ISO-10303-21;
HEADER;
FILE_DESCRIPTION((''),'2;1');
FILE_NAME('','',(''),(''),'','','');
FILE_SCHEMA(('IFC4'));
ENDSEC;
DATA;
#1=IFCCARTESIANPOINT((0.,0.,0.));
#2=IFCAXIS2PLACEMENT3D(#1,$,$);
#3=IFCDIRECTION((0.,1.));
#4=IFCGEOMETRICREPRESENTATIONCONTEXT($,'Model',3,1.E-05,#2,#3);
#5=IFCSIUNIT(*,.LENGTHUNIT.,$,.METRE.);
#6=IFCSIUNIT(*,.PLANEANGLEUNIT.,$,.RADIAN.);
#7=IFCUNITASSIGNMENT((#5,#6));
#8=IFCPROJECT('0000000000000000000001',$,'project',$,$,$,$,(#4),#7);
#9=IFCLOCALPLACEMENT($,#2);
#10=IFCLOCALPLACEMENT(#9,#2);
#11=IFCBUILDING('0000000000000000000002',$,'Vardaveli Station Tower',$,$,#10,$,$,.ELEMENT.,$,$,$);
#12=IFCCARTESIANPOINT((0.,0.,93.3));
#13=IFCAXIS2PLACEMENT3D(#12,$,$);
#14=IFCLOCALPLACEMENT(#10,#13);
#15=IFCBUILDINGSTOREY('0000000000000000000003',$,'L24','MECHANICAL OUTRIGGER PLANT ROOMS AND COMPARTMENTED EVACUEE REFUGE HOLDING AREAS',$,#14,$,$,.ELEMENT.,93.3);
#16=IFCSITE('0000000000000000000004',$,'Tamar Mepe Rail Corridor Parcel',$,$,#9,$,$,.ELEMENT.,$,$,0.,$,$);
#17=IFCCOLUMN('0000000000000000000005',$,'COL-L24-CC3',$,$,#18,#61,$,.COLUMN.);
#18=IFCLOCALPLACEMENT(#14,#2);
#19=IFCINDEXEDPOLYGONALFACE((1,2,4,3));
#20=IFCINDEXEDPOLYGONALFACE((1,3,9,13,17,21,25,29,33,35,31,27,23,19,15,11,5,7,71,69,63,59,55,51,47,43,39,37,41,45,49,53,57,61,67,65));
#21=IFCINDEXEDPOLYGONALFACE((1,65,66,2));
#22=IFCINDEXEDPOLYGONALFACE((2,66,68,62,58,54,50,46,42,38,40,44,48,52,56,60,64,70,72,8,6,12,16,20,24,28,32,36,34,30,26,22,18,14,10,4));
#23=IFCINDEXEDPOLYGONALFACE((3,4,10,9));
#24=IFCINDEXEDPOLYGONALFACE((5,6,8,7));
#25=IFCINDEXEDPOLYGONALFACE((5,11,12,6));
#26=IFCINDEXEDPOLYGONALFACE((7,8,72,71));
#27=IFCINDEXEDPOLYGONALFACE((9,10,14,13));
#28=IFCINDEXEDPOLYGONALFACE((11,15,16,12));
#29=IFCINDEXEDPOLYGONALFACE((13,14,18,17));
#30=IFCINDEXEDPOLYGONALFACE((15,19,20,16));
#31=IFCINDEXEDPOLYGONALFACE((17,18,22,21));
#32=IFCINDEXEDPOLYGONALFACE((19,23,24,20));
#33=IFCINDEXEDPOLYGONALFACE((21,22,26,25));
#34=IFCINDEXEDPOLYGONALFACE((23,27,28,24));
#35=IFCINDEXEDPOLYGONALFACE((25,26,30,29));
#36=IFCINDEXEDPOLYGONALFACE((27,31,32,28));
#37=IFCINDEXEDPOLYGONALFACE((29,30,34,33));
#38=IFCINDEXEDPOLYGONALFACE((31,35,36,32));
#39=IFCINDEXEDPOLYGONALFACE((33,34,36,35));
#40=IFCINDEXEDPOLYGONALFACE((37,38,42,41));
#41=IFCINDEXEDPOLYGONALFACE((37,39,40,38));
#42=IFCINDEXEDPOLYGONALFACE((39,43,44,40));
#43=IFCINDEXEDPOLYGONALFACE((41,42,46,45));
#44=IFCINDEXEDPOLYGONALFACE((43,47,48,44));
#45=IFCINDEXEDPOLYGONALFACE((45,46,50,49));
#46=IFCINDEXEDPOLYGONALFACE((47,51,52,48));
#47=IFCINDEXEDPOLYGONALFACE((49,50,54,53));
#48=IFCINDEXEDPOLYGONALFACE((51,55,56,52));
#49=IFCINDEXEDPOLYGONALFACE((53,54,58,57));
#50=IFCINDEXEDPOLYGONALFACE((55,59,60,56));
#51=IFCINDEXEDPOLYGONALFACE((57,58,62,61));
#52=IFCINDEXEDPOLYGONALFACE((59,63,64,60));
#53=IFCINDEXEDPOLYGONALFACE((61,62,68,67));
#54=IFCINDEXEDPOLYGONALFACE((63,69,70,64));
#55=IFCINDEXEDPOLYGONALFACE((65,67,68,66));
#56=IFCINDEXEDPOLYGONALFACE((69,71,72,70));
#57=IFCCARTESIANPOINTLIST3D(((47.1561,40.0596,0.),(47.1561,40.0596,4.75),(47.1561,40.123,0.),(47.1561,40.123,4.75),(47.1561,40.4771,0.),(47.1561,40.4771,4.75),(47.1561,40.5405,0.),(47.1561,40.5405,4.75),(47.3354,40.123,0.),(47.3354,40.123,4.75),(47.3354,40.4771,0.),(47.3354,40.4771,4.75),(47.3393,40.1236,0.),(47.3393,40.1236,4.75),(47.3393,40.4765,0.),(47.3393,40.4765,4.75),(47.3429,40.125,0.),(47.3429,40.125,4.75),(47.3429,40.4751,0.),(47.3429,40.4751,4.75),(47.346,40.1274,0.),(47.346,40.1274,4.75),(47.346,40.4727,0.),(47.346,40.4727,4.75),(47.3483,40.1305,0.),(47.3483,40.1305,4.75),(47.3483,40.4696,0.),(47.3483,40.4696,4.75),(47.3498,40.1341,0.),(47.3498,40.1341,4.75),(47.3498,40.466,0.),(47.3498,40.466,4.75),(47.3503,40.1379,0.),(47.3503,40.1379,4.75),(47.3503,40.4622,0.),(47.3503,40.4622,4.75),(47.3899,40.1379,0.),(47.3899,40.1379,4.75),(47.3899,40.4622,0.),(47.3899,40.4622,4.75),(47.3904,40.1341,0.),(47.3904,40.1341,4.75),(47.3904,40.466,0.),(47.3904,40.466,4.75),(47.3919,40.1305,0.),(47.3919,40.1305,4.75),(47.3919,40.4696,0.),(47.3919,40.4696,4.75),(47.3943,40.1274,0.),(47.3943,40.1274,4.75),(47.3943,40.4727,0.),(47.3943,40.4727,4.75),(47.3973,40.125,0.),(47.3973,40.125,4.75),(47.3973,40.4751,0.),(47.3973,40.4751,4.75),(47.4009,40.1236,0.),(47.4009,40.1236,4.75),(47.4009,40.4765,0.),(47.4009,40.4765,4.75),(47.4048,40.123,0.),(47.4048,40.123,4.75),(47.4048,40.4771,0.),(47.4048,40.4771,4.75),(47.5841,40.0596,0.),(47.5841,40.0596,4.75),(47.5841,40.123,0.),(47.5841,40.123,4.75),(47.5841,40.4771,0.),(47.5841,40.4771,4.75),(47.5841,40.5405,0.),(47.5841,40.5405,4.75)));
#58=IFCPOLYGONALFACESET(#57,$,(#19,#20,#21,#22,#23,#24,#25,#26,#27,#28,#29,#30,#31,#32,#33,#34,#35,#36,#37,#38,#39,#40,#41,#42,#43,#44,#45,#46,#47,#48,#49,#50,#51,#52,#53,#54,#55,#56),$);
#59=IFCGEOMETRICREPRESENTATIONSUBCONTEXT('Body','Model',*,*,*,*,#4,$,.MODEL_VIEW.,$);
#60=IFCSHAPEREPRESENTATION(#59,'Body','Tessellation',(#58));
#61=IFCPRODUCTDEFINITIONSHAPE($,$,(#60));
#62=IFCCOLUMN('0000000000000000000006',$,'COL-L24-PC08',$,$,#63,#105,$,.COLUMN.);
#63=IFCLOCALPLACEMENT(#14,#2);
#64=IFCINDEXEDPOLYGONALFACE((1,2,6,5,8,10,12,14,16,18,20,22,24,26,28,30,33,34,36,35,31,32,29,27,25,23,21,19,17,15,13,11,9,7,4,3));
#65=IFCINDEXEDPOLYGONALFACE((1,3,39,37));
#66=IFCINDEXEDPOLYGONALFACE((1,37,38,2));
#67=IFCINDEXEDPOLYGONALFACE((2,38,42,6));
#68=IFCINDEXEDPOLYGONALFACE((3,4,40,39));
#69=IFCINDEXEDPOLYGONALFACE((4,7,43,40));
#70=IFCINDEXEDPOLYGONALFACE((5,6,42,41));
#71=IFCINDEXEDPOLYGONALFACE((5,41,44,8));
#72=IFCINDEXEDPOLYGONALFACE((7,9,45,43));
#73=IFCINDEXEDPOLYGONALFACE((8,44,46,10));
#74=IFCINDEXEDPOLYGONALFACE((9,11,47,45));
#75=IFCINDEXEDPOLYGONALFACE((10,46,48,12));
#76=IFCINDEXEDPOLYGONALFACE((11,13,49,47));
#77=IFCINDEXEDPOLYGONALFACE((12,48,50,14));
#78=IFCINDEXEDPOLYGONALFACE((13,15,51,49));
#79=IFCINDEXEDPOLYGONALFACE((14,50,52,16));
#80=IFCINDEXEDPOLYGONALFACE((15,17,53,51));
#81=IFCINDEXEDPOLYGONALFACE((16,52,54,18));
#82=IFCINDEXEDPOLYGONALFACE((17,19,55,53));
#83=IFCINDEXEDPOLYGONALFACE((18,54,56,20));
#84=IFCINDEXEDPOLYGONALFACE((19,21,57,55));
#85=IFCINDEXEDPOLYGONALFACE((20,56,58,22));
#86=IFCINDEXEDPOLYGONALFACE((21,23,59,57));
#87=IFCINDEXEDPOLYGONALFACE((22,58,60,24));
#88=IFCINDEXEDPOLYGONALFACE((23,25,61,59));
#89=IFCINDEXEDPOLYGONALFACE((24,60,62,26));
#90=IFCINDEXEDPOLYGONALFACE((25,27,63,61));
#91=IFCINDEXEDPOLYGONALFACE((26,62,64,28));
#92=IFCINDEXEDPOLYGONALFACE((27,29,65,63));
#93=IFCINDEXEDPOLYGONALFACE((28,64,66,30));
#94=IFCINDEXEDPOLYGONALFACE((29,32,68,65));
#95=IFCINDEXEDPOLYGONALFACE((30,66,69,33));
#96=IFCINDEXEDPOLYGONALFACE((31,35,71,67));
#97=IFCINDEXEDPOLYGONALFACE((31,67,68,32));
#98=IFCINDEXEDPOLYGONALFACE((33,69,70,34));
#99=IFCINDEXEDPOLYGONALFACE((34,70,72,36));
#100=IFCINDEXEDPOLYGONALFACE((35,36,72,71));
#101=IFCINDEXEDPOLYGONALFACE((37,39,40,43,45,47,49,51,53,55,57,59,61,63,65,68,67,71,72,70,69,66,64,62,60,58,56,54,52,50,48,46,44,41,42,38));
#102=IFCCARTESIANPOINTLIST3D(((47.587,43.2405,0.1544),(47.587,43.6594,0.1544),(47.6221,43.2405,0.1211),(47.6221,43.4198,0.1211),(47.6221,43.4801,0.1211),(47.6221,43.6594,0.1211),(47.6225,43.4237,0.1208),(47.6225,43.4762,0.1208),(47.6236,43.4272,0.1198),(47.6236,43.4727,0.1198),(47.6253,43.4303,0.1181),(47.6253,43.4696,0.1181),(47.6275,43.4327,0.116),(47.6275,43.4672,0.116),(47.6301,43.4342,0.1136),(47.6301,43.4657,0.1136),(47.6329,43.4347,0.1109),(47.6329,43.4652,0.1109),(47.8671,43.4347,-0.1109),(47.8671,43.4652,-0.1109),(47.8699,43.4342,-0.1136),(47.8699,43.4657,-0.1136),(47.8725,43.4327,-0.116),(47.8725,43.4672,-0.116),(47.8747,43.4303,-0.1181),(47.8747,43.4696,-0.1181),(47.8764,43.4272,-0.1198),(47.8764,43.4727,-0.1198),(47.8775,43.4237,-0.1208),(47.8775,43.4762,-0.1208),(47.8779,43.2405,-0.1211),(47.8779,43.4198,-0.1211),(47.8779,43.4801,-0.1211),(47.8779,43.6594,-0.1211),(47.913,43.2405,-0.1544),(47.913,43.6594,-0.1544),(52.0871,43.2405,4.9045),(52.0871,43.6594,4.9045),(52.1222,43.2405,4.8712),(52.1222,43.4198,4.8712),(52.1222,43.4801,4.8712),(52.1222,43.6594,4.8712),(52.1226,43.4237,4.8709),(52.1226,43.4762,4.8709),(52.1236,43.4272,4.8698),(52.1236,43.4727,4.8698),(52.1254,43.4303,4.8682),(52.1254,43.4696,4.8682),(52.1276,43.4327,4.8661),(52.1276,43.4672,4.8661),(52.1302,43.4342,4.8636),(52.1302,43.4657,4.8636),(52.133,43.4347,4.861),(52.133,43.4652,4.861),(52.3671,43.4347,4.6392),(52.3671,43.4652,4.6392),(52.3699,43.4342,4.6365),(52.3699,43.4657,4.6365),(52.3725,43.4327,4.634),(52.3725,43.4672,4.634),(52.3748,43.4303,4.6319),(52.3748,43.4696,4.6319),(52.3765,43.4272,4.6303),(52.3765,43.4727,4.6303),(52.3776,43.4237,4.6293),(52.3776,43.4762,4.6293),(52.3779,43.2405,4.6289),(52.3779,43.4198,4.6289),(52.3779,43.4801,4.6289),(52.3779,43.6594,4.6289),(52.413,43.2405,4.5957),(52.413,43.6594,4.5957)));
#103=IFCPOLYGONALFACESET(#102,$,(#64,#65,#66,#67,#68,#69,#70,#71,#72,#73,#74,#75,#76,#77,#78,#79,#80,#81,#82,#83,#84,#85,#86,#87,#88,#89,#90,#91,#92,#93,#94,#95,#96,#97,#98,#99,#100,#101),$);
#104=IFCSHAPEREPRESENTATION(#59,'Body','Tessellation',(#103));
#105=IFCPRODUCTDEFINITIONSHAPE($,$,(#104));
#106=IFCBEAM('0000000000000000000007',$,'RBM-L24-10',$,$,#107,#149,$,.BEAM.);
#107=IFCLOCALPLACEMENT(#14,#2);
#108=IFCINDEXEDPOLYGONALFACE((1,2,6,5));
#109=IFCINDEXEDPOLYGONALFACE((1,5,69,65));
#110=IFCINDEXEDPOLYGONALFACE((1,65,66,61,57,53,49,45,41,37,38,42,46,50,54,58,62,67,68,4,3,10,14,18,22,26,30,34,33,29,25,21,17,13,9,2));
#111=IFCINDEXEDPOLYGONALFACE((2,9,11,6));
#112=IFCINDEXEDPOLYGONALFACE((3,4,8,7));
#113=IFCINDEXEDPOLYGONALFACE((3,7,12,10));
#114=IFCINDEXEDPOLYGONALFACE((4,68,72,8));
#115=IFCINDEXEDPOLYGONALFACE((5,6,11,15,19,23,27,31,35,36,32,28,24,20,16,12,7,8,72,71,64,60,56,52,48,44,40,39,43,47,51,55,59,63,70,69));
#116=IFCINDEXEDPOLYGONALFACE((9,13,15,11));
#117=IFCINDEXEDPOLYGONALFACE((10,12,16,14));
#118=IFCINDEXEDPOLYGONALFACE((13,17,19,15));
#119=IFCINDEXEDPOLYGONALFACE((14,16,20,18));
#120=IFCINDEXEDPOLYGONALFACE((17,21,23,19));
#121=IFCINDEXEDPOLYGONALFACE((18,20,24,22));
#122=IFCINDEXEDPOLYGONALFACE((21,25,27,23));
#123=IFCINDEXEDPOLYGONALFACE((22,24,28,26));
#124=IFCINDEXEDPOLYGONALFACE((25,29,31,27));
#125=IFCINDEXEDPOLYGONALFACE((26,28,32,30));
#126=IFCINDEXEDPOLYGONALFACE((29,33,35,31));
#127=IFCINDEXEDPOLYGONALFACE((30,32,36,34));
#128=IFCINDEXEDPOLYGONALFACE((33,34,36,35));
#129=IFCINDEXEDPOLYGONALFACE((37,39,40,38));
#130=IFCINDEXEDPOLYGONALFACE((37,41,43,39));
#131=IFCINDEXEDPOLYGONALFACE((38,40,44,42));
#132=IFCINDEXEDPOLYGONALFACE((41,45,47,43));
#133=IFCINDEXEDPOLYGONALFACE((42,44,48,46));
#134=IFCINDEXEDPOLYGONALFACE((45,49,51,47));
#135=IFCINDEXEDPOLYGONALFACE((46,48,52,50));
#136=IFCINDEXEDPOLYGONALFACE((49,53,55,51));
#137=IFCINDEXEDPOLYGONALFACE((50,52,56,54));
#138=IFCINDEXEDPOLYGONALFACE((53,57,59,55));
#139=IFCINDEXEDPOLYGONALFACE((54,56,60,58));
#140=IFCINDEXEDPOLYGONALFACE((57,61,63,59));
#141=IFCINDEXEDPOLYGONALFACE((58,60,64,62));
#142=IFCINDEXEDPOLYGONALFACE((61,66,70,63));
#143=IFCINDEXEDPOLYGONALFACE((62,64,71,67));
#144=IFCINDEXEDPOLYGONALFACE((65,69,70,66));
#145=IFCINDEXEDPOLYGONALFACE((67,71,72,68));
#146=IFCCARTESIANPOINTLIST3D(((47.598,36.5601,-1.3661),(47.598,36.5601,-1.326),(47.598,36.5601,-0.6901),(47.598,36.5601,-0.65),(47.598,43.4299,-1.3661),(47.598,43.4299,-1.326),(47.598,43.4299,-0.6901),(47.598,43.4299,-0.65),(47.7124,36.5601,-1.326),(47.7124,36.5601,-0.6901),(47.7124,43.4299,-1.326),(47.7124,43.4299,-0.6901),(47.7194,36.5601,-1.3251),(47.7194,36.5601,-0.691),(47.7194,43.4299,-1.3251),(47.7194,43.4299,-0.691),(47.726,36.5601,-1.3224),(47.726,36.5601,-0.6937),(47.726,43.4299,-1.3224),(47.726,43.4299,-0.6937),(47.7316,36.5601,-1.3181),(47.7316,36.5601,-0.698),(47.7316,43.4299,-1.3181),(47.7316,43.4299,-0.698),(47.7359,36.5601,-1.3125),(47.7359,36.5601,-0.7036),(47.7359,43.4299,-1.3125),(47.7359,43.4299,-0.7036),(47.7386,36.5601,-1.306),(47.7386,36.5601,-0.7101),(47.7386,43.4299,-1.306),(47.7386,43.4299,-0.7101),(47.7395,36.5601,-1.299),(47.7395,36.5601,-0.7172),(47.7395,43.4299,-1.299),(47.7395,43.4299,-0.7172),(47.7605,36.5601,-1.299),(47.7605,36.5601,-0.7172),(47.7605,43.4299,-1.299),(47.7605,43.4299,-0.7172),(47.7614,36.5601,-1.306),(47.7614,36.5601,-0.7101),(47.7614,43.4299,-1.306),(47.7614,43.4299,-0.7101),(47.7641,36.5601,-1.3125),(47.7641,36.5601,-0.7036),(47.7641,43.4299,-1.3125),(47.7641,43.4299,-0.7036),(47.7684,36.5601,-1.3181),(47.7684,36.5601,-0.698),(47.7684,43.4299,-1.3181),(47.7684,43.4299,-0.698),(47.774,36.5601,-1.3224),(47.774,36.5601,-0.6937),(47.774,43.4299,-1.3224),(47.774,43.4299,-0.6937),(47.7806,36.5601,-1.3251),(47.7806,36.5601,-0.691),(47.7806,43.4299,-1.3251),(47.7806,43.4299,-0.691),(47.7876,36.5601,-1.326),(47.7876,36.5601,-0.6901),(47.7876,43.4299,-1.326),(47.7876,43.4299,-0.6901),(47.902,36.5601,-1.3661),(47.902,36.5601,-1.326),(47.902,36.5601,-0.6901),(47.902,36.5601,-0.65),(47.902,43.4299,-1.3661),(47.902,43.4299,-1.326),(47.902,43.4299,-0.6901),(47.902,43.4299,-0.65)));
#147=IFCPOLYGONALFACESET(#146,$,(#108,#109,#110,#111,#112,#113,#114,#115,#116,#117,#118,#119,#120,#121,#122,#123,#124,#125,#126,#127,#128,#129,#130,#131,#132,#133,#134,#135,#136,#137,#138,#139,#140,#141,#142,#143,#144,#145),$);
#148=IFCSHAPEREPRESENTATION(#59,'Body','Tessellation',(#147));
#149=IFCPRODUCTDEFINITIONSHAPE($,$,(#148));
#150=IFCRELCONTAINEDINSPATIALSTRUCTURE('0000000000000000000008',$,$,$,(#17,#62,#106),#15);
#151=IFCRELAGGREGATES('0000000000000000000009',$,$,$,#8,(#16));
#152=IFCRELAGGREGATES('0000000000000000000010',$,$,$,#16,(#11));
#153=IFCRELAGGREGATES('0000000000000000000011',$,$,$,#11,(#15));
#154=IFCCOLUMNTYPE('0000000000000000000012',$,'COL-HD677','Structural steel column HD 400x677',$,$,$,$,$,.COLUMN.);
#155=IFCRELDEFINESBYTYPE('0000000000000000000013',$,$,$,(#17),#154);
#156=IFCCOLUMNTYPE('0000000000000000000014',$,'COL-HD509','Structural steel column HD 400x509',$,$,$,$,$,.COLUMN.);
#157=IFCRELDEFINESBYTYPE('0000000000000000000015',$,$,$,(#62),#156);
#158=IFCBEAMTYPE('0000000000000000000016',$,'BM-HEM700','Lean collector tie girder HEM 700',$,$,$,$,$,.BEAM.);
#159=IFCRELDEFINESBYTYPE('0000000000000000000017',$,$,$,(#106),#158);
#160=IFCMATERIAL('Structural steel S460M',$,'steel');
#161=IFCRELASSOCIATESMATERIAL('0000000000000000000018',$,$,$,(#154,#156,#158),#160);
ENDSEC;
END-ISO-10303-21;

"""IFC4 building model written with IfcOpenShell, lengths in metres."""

from ifc_helpers import new_model, si_unit, direction, frame, origin, origin_2d, place, context, subcontext, project, spatial, i_section, extrude, source, transform, mapped, material, material_profile, profile_set, type_object, element, save


model = new_model("IFC4")

# Units and contexts
model_context = context("Model", 3, precision=1e-05, world=origin(), true_north=direction((0.0, 1.0)))
body_context = subcontext(model_context, "Body", "Model", "MODEL_VIEW")
ifc_project = project(units=[si_unit("LENGTHUNIT", "METRE"), si_unit("PLANEANGLEUNIT", "RADIAN")], contexts=[model_context])

# Site, building, storey
site_placement = place(None, origin())
site = spatial("IfcSite", under=ifc_project, at=site_placement, Name="Tamar Mepe Rail Corridor Parcel", CompositionType="ELEMENT", RefElevation=0.0)
building_placement = place(site_placement, origin())
building = spatial("IfcBuilding", under=site, at=building_placement, Name="Vardaveli Station Tower", CompositionType="ELEMENT")
storey_placement = place(building_placement, frame((0.0, 0.0, 93.3)))
storey = spatial("IfcBuildingStorey", under=building, at=storey_placement, Name="L24", Description="MECHANICAL OUTRIGGER PLANT ROOMS AND COMPARTMENTED EVACUEE REFUGE HOLDING AREAS", CompositionType="ELEMENT", Elevation=93.3)

# Columns
ifc_material_1 = material(Name="Structural steel S460M", Category="steel")
ifc_material_profile_1 = material_profile(ifc_material_1, i_section(OverallWidth=0.428, OverallDepth=0.481, WebThickness=0.0396, FlangeThickness=0.0635, FilletRadius=0.0149, at=origin_2d()), Name="HD 400x677")
ifc_profile_set_1 = profile_set([ifc_material_profile_1], Name="Structural steel S460M")
column_type_1 = type_object("IfcColumnType", Name="COL-HD677", Description="Structural steel column HD 400x677", PredefinedType="COLUMN", material=ifc_profile_set_1)
shared_shape_1 = source(origin(), body_context, "Body", "SweptSolid", [
    extrude(i_section(OverallWidth=0.428, OverallDepth=0.481, WebThickness=0.0396, FlangeThickness=0.0635, FilletRadius=0.0149, at=origin_2d()), origin(), (0.0, 0.0, 1.0), 4.75),
])
column_1_placement = place(storey_placement, frame((47.3701, 40.3, 0.0), z_axis=(0.0, 0.0, 1.0), x_axis=(1.0, 0.0, 0.0)))
element("IfcColumn", 1, at=column_1_placement, inside=storey, type_object=column_type_1, Name="COL-L24-CC3", PredefinedType="COLUMN", context=body_context, shape_type="MappedRepresentation", body=[
    mapped(shared_shape_1, transform((0.0, 0.0, 0.0), scale=1.0)),
])
ifc_material_profile_2 = material_profile(ifc_material_1, i_section(OverallWidth=0.4189, OverallDepth=0.449, WebThickness=0.0305, FlangeThickness=0.0483, FilletRadius=0.0149, at=origin_2d()), Name="HD 400x509")
ifc_profile_set_2 = profile_set([ifc_material_profile_2], Name="Structural steel S460M")
column_type_2 = type_object("IfcColumnType", Name="COL-HD509", Description="Structural steel column HD 400x509", PredefinedType="COLUMN", material=ifc_profile_set_2)
shared_shape_2 = source(origin(), body_context, "Body", "SweptSolid", [
    extrude(i_section(OverallWidth=0.4189, OverallDepth=0.449, WebThickness=0.0305, FlangeThickness=0.0483, FilletRadius=0.0149, at=origin_2d()), origin(), (0.0, 0.0, 1.0), 6.5432),
])
column_2_placement = place(storey_placement, frame((47.75, 43.45, 0.0), z_axis=(0.687745, 0.0, 0.725953), x_axis=(0.0, 1.0, 0.0)))
element("IfcColumn", 2, at=column_2_placement, inside=storey, type_object=column_type_2, Name="COL-L24-PC08", PredefinedType="COLUMN", context=body_context, shape_type="MappedRepresentation", body=[
    mapped(shared_shape_2, transform((0.0, 0.0, 0.0), scale=1.0)),
])

# Beam
ifc_material_profile_3 = material_profile(ifc_material_1, i_section(OverallWidth=0.304, OverallDepth=0.7161, WebThickness=0.021, FlangeThickness=0.04, FilletRadius=0.0271, at=origin_2d()), Name="HEM 700")
ifc_profile_set_3 = profile_set([ifc_material_profile_3], Name="Structural steel S460M")
beam_type = type_object("IfcBeamType", Name="BM-HEM700", Description="Lean collector tie girder HEM 700", PredefinedType="BEAM", material=ifc_profile_set_3)
shared_shape_3 = source(origin(), body_context, "Body", "SweptSolid", [
    extrude(i_section(OverallWidth=0.304, OverallDepth=0.7161, WebThickness=0.021, FlangeThickness=0.04, FilletRadius=0.0271, at=origin_2d()), origin(), (0.0, 0.0, 1.0), 6.8699),
])
beam_1_placement = place(storey_placement, frame((47.75, 36.5601, -1.0081), z_axis=(0.0, 1.0, 0.0), x_axis=(-1.0, 0.0, 0.0)))
element("IfcBeam", 3, at=beam_1_placement, inside=storey, type_object=beam_type, Name="RBM-L24-10", PredefinedType="BEAM", context=body_context, shape_type="MappedRepresentation", body=[
    mapped(shared_shape_3, transform((0.0, 0.0, 0.0), scale=1.0)),
])

save(model, "model.ifc")
